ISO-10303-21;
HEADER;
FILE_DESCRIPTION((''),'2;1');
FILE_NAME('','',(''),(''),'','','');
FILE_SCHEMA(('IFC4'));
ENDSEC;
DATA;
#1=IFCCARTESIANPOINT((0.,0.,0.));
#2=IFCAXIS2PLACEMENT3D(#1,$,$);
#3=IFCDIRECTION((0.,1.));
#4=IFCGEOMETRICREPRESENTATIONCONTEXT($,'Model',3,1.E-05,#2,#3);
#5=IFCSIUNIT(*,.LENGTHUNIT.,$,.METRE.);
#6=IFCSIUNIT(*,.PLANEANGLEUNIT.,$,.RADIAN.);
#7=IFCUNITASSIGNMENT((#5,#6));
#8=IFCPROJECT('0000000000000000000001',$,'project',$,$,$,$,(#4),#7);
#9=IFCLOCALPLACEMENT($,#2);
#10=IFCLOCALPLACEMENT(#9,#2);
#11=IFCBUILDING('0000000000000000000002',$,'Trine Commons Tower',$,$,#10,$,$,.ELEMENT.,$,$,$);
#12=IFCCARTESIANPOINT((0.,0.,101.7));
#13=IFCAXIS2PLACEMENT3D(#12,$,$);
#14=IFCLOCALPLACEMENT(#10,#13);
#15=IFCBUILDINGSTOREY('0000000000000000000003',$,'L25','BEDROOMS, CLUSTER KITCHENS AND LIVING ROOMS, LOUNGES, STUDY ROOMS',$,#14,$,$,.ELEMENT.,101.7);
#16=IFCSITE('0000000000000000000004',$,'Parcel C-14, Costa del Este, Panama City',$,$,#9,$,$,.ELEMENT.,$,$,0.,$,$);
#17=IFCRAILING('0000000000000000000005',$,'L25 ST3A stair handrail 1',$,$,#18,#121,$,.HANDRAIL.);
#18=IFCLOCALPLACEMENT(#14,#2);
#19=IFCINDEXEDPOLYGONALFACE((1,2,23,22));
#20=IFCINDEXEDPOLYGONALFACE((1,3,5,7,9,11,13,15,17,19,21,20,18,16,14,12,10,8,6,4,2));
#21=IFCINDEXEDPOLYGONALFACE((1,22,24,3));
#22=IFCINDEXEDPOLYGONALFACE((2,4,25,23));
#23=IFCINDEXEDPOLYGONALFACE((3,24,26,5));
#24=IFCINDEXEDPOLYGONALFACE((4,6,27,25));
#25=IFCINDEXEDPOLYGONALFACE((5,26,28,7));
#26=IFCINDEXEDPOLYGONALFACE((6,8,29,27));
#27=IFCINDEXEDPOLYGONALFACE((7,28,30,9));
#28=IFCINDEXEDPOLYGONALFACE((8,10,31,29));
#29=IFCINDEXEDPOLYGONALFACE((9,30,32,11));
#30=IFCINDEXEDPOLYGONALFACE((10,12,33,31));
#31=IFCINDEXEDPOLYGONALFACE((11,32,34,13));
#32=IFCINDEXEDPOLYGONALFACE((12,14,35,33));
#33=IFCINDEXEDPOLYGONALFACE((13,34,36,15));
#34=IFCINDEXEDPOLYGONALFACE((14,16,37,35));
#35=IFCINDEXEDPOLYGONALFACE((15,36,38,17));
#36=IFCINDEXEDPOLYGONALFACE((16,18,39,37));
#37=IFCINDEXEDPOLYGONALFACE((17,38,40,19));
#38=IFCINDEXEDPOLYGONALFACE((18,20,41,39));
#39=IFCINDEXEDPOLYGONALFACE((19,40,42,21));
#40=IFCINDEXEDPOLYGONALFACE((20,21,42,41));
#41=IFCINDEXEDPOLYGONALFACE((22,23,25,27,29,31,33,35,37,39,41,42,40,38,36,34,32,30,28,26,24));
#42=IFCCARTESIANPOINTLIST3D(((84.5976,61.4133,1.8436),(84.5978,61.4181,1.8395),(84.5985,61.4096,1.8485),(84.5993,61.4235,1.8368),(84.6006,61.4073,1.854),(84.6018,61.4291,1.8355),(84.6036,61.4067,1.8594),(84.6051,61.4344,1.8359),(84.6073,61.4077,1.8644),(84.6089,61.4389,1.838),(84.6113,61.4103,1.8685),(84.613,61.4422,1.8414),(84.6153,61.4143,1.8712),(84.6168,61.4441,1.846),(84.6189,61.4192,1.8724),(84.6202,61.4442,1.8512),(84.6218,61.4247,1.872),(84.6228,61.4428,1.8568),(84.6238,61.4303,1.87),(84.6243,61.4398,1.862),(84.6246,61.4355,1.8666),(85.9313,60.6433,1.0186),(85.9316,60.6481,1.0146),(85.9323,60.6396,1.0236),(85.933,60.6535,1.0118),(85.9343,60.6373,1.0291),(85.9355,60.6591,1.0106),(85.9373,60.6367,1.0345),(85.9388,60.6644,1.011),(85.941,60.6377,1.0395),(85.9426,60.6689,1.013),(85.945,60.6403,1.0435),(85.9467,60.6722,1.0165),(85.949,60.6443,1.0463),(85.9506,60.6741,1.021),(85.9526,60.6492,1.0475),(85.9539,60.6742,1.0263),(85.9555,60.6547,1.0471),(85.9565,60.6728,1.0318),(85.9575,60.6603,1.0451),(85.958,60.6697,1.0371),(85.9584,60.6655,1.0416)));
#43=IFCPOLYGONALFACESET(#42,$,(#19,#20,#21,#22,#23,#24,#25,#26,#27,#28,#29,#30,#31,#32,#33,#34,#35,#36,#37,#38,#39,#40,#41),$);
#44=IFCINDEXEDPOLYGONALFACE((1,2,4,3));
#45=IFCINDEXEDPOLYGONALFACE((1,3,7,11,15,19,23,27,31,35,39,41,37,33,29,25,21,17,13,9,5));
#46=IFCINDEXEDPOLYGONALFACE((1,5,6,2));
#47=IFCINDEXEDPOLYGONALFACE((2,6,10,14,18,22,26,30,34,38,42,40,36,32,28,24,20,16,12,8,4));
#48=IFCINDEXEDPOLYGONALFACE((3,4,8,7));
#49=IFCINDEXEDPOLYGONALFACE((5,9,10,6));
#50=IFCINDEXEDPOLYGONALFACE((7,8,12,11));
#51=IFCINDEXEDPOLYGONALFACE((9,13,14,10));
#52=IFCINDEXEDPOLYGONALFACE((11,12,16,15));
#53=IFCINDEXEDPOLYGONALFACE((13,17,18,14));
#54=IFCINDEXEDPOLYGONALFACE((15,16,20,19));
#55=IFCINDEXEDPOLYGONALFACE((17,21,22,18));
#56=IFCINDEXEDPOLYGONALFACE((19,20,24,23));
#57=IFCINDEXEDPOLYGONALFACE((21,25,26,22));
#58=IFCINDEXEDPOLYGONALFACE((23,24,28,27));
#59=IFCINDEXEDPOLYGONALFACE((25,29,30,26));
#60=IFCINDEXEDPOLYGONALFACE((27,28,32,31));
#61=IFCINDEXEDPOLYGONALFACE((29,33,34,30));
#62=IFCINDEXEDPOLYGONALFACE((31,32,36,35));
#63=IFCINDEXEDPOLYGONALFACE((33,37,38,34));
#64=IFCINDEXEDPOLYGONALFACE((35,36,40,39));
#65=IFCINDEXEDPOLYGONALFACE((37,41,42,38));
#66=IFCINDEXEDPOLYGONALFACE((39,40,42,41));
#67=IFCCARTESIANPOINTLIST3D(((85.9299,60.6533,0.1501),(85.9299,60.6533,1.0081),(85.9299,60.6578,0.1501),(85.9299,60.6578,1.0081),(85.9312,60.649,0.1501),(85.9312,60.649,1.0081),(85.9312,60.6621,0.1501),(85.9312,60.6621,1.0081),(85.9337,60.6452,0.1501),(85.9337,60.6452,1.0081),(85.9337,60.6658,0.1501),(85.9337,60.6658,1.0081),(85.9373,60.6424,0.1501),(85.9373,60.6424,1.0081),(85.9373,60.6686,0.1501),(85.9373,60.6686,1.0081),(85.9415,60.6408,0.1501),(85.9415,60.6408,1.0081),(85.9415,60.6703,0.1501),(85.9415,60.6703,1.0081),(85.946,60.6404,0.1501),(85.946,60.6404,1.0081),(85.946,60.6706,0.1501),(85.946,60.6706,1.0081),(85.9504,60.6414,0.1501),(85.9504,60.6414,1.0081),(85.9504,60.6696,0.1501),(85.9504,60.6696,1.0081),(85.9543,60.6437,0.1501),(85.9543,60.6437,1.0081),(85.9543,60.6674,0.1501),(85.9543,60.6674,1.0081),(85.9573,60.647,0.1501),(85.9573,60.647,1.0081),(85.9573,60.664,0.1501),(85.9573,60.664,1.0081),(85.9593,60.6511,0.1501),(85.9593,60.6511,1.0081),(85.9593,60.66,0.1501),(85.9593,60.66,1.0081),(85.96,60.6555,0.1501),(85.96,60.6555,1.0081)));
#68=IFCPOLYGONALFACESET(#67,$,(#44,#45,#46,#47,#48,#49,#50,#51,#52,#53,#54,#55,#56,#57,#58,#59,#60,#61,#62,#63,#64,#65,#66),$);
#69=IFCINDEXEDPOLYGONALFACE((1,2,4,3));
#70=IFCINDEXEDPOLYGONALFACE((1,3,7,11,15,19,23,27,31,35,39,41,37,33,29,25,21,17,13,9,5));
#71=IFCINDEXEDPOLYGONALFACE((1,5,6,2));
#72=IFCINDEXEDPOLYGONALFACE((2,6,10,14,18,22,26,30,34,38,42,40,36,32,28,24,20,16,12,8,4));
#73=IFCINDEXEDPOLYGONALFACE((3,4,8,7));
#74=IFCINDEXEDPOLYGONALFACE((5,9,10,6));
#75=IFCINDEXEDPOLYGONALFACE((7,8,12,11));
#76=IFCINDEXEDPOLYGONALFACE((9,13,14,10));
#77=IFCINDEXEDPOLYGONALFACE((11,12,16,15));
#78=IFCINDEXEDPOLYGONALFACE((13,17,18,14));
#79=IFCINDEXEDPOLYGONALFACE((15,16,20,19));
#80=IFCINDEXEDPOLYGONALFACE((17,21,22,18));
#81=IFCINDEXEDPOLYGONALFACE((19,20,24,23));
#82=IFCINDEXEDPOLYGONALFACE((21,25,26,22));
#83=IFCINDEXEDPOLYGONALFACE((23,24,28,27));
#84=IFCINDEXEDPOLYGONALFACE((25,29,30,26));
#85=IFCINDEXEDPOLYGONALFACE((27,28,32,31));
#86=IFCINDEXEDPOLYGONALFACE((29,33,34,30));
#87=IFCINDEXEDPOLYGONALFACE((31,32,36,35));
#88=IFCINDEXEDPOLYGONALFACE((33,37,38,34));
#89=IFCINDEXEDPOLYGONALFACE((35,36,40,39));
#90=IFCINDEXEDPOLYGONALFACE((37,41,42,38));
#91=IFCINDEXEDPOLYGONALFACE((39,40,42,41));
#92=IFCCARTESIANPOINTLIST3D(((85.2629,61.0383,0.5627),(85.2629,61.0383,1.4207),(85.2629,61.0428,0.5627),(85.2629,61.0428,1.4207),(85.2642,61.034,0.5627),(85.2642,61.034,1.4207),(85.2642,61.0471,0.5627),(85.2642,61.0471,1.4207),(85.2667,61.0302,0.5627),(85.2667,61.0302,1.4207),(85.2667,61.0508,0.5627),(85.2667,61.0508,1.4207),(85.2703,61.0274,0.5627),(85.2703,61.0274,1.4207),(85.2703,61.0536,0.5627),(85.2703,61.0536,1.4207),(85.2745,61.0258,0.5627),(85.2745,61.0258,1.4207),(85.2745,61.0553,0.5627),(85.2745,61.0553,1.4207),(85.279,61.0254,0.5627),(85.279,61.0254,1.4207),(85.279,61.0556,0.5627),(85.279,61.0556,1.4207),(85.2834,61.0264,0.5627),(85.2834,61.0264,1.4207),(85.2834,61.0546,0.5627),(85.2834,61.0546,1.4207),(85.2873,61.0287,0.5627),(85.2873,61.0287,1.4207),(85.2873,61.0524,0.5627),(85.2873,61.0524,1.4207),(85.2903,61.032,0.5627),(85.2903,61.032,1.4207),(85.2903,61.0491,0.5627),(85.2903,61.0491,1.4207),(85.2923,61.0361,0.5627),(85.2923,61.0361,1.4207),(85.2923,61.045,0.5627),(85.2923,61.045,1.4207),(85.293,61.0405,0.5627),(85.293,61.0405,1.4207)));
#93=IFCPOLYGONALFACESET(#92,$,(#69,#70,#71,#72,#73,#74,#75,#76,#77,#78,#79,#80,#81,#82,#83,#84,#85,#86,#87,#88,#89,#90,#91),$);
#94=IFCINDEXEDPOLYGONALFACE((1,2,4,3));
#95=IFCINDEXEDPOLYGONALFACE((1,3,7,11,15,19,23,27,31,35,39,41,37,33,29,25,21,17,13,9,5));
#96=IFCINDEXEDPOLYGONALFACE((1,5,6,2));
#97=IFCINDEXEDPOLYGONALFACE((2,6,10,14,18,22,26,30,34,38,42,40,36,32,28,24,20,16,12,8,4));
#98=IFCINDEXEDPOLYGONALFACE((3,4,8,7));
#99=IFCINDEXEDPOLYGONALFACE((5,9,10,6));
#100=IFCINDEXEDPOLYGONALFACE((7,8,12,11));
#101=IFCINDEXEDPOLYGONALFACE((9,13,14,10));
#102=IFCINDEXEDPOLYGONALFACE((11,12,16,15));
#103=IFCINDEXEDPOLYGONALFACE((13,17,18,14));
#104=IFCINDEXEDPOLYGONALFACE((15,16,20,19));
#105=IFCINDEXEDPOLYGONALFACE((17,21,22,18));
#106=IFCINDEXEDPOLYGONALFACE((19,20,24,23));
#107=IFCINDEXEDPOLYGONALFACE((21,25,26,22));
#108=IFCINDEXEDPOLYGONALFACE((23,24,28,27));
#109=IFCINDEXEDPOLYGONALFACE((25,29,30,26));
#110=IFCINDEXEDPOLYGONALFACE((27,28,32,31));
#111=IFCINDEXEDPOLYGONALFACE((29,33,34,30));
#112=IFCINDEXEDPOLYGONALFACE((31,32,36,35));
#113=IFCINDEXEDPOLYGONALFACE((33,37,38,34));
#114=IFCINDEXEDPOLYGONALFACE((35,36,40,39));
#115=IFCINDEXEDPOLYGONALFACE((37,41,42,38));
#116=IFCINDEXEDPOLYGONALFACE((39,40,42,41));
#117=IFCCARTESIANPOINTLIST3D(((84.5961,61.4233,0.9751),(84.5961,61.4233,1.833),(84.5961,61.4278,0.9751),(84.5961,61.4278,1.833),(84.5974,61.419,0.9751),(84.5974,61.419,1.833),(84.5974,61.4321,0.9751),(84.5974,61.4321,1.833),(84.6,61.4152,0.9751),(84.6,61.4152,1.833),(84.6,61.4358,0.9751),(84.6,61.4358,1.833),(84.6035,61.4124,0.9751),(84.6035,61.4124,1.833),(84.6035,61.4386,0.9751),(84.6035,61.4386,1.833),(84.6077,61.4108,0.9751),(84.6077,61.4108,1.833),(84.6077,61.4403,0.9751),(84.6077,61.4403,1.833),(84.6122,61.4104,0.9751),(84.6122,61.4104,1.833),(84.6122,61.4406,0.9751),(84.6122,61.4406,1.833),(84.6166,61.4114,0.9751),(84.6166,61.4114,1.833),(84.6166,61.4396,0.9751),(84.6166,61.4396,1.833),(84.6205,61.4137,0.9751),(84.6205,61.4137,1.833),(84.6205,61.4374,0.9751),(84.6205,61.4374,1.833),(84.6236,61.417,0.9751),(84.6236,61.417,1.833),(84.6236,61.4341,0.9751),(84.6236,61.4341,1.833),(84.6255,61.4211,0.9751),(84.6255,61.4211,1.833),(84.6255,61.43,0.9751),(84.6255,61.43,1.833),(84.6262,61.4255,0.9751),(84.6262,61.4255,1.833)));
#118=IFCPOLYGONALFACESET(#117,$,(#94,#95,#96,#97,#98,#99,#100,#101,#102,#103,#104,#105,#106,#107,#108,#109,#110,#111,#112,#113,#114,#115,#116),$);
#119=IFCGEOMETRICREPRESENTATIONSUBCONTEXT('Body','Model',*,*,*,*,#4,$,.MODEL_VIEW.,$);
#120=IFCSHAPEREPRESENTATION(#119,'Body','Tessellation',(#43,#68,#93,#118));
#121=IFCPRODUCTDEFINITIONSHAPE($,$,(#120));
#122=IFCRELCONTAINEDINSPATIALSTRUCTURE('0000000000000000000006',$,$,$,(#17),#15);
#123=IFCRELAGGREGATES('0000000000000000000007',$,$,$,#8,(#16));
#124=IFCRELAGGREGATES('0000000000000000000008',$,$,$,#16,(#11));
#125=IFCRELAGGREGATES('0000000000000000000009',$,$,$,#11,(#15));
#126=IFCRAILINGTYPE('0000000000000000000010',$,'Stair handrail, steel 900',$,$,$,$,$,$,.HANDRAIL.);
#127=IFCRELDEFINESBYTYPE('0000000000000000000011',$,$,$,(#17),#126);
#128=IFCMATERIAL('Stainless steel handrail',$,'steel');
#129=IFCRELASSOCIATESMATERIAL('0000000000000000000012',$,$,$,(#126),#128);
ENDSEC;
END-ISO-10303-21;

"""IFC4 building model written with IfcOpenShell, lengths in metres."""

from ifc_helpers import new_model, si_unit, direction, frame, origin, origin_2d, place, context, subcontext, project, spatial, circle, extrude, material, type_object, element, save


model = new_model("IFC4")

# Units and contexts
model_context = context("Model", 3, precision=1e-05, world=origin(), true_north=direction((0.0, 1.0)))
body_context = subcontext(model_context, "Body", "Model", "MODEL_VIEW")
ifc_project = project(units=[si_unit("LENGTHUNIT", "METRE"), si_unit("PLANEANGLEUNIT", "RADIAN")], contexts=[model_context])

# Site, building, storey
site_placement = place(None, origin())
site = spatial("IfcSite", under=ifc_project, at=site_placement, Name="Parcel C-14, Costa del Este, Panama City", CompositionType="ELEMENT", RefElevation=0.0)
building_placement = place(site_placement, origin())
building = spatial("IfcBuilding", under=site, at=building_placement, Name="Trine Commons Tower", CompositionType="ELEMENT")
storey_placement = place(building_placement, frame((0.0, 0.0, 101.7)))
storey = spatial("IfcBuildingStorey", under=building, at=storey_placement, Name="L25", Description="BEDROOMS, CLUSTER KITCHENS AND LIVING ROOMS, LOUNGES, STUDY ROOMS", CompositionType="ELEMENT", Elevation=101.7)

# Railing
ifc_material_1 = material(Name="Stainless steel handrail", Category="steel")
railing_type = type_object("IfcRailingType", Name="Stair handrail, steel 900", PredefinedType="HANDRAIL", material=ifc_material_1)
railing_placement = place(storey_placement, frame((85.9448, 60.6555, 0.1501)))
element("IfcRailing", 1, at=railing_placement, inside=storey, type_object=railing_type, Name="L25 ST3A stair handrail 1", PredefinedType="HANDRAIL", context=body_context, shape_type="SweptSolid", body=[
    extrude(circle(Radius=0.021, at=origin_2d()), frame((0.0, 0.0, 0.8789), z_axis=(-0.763405, 0.440743, 0.472185), x_axis=(-0.499992, -0.86603, 0.0)), (0.0, 0.0, 1.0), 1.7471),
    extrude(circle(Radius=0.0151, at=origin_2d()), origin(), (0.0, 0.0, 1.0), 0.8579),
    extrude(circle(Radius=0.0151, at=origin_2d()), frame((-0.667, 0.385, 0.4126)), (0.0, 0.0, 1.0), 0.8579),
    extrude(circle(Radius=0.0151, at=origin_2d()), frame((-1.3337, 0.77, 0.825)), (0.0, 0.0, 1.0), 0.8579),
])

save(model, "model.ifc")
